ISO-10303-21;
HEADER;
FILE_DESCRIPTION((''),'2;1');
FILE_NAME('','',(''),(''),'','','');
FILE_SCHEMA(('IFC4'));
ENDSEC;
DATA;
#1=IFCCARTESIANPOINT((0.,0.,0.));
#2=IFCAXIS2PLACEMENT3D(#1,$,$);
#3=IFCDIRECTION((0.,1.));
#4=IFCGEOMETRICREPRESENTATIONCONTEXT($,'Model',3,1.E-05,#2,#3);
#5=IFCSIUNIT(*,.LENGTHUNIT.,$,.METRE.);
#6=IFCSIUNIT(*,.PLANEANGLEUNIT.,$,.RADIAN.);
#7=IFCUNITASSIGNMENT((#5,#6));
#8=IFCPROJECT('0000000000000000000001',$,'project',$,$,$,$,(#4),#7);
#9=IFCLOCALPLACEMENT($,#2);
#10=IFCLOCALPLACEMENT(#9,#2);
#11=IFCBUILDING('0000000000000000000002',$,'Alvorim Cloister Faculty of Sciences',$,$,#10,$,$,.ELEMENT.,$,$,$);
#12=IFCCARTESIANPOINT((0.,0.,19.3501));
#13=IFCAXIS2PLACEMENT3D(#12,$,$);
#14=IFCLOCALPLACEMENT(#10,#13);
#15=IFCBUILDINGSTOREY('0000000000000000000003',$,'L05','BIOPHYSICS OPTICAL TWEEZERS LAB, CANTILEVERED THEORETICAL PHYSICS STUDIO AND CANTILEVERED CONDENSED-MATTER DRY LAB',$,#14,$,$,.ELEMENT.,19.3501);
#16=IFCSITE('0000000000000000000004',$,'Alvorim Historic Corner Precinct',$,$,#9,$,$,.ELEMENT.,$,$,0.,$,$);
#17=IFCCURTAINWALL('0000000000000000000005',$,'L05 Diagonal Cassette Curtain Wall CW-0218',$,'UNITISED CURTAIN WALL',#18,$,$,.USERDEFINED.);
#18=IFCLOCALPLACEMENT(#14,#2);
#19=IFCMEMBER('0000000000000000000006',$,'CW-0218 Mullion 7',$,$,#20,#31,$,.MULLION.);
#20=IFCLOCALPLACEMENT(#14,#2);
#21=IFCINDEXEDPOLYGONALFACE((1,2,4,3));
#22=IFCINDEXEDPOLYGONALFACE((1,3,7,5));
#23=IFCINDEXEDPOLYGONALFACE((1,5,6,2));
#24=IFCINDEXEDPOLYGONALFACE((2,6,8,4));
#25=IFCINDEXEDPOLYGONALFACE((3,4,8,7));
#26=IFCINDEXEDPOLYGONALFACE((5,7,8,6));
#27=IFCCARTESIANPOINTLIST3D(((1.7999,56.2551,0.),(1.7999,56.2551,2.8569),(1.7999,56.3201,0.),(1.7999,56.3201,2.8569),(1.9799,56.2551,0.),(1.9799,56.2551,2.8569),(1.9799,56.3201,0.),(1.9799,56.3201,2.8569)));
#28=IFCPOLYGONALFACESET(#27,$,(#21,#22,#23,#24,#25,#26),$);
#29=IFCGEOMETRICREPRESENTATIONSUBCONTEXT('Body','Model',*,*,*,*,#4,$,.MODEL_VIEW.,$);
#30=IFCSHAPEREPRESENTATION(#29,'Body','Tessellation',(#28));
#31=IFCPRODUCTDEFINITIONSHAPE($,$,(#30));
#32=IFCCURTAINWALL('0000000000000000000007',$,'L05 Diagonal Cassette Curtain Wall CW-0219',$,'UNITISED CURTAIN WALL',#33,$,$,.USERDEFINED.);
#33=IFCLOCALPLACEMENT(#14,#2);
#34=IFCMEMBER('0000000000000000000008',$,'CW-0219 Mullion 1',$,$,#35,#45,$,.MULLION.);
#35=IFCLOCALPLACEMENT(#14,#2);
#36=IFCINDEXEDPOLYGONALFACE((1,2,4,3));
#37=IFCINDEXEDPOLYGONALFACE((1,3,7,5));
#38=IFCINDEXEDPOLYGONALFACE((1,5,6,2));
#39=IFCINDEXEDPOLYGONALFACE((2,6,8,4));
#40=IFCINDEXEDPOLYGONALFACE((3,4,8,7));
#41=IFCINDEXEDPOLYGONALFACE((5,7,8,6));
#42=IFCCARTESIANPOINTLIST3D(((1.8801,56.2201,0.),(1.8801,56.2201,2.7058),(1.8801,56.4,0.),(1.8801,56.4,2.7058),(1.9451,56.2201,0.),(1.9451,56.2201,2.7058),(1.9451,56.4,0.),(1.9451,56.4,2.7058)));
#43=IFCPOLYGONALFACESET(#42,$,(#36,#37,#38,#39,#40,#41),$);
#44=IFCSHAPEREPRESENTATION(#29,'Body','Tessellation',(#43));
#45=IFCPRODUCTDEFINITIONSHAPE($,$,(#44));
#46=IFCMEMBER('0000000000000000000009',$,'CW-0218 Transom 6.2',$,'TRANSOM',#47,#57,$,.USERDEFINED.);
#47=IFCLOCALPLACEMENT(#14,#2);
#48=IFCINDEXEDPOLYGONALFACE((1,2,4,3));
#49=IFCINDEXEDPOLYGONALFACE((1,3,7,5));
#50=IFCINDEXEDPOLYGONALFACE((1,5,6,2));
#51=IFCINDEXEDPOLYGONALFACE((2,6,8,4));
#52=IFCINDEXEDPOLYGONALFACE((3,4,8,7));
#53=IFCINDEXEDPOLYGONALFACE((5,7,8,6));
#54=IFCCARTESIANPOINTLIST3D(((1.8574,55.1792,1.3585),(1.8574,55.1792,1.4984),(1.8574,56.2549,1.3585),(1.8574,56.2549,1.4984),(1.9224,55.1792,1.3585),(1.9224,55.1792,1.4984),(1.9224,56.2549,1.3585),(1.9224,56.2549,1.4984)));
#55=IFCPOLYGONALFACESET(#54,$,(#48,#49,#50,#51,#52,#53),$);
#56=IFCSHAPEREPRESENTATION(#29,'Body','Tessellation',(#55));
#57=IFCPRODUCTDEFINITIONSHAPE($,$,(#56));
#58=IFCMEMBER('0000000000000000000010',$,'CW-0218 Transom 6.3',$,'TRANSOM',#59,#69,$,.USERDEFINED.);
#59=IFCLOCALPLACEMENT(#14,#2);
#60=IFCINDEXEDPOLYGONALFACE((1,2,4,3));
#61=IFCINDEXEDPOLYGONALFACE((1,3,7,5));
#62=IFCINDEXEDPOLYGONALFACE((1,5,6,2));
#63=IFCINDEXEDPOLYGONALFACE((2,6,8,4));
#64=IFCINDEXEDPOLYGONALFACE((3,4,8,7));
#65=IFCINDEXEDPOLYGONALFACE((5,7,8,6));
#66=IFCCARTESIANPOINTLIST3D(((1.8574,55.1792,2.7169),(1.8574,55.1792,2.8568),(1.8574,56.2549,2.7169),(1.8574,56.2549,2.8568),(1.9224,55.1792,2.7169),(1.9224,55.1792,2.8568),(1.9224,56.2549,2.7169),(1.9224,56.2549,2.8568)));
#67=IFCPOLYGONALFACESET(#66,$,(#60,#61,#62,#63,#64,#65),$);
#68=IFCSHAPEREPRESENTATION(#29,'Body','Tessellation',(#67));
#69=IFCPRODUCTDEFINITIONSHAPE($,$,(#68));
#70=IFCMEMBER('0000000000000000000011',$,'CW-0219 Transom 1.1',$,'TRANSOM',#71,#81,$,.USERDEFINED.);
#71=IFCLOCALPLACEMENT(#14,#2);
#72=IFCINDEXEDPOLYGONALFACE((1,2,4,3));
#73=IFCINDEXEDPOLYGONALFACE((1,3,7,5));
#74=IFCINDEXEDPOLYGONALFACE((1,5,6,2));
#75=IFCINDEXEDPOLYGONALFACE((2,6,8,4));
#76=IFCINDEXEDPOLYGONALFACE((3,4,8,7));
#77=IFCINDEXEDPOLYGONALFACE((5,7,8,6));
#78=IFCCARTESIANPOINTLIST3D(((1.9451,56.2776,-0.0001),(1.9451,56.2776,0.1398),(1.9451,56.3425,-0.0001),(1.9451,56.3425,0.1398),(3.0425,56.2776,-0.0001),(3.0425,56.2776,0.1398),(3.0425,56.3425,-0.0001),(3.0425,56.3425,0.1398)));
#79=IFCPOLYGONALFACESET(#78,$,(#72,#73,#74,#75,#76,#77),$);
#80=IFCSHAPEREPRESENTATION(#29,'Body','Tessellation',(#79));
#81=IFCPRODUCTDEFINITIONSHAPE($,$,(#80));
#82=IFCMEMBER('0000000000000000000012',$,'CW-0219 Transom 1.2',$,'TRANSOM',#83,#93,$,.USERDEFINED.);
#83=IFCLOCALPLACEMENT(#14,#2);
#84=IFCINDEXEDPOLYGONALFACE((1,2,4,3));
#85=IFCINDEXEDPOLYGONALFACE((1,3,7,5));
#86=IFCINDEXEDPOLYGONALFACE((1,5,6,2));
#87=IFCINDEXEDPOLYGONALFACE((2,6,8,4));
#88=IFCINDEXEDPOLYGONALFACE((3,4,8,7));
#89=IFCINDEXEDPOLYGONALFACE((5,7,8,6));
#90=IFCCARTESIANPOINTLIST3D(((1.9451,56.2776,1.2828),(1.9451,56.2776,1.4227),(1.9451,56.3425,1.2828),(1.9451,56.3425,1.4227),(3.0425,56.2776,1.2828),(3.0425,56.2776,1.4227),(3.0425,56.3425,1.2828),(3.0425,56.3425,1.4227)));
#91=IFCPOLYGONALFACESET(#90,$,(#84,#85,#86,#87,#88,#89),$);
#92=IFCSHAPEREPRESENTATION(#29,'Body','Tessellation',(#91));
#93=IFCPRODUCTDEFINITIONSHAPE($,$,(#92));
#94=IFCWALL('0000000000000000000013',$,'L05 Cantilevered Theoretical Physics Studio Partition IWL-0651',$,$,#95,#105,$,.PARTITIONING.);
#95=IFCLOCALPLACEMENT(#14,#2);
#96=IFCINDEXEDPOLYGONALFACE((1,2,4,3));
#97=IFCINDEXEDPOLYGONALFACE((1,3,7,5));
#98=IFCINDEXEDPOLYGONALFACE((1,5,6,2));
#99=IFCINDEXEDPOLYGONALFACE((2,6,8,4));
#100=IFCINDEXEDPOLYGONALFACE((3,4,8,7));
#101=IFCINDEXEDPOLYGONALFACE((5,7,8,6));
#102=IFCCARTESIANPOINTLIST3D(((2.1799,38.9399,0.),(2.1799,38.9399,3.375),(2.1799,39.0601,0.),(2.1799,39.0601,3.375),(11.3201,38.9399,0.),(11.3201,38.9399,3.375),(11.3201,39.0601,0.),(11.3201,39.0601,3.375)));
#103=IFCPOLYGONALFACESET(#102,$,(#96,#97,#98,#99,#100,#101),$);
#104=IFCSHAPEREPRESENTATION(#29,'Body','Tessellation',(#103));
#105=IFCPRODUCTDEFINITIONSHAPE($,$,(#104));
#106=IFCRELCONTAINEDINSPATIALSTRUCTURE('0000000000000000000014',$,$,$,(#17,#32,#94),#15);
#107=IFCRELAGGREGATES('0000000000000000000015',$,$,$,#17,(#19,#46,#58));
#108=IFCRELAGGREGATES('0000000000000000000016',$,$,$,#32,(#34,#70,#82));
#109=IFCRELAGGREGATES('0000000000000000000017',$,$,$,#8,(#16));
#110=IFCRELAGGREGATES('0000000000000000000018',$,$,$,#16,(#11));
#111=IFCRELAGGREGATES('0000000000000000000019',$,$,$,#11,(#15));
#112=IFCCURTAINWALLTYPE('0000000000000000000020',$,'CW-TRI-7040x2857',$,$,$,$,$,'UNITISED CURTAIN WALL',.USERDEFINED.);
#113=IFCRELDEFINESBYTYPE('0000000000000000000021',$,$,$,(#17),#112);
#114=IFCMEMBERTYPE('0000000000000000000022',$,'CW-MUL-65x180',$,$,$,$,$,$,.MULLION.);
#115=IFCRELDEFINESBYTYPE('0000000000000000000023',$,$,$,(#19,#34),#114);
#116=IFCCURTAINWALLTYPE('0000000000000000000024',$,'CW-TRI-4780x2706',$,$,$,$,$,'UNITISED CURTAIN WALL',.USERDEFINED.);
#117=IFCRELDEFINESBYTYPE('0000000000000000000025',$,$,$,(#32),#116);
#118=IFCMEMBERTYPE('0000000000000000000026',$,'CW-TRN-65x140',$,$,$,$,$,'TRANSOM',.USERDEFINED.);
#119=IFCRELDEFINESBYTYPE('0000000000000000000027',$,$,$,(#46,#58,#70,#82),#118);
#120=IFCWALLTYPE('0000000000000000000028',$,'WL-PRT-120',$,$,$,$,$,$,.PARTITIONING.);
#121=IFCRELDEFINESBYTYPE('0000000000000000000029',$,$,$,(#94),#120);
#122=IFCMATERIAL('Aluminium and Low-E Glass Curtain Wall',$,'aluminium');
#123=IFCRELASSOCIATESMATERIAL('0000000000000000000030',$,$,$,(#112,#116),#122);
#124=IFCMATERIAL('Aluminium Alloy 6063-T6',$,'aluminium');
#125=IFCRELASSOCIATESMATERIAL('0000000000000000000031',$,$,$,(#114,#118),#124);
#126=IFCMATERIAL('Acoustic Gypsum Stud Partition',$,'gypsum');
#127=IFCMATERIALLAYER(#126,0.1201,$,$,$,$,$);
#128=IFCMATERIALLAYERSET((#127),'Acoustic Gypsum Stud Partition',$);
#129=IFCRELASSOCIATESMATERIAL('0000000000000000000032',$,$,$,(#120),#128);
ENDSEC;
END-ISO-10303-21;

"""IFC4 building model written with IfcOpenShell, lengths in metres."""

from ifc_helpers import new_model, si_unit, direction, frame, frame_2d, origin, origin_2d, place, context, subcontext, project, spatial, rectangle, extrude, material, layer, layer_set, material_profile, profile_set, type_object, element, aggregate, save


model = new_model("IFC4")

# Units and contexts
model_context = context("Model", 3, precision=1e-05, world=origin(), true_north=direction((0.0, 1.0)))
body_context = subcontext(model_context, "Body", "Model", "MODEL_VIEW")
ifc_project = project(units=[si_unit("LENGTHUNIT", "METRE"), si_unit("PLANEANGLEUNIT", "RADIAN")], contexts=[model_context])

# Site, building, storey
site_placement = place(None, origin())
site = spatial("IfcSite", under=ifc_project, at=site_placement, Name="Alvorim Historic Corner Precinct", CompositionType="ELEMENT", RefElevation=0.0)
building_placement = place(site_placement, origin())
building = spatial("IfcBuilding", under=site, at=building_placement, Name="Alvorim Cloister Faculty of Sciences", CompositionType="ELEMENT")
storey_placement = place(building_placement, frame((0.0, 0.0, 19.3501)))
storey = spatial("IfcBuildingStorey", under=building, at=storey_placement, Name="L05", Description="BIOPHYSICS OPTICAL TWEEZERS LAB, CANTILEVERED THEORETICAL PHYSICS STUDIO AND CANTILEVERED CONDENSED-MATTER DRY LAB", CompositionType="ELEMENT", Elevation=19.3501)

# Curtain walls, members
ifc_material_1 = material(Name="Aluminium and Low-E Glass Curtain Wall", Category="aluminium")
curtain_wall_type_1 = type_object("IfcCurtainWallType", Name="CW-TRI-7040x2857", ElementType="UNITISED CURTAIN WALL", PredefinedType="USERDEFINED", material=ifc_material_1)
curtain_wall_1_placement = place(storey_placement, origin())
curtain_wall_1 = element("IfcCurtainWall", 1, at=curtain_wall_1_placement, inside=storey, type_object=curtain_wall_type_1, Name="L05 Diagonal Cassette Curtain Wall CW-0218", ObjectType="UNITISED CURTAIN WALL", PredefinedType="USERDEFINED")
ifc_material_2 = material(Name="Aluminium Alloy 6063-T6", Category="aluminium")
ifc_material_profile_1 = material_profile(ifc_material_2, rectangle(XDim=0.0649, YDim=0.1799, at=origin_2d()), Name="ALU-MUL-65x180")
ifc_profile_set_1 = profile_set([ifc_material_profile_1], Name="Aluminium Alloy 6063-T6")
member_type_1 = type_object("IfcMemberType", Name="CW-MUL-65x180", PredefinedType="MULLION", material=ifc_profile_set_1)
member_1_placement = place(storey_placement, frame((1.8899, 56.2876, 0.0), z_axis=(0.0, 0.0, 1.0), x_axis=(0.0, 1.0, 0.0)))
member_1 = element("IfcMember", 2, at=member_1_placement, type_object=member_type_1, Name="CW-0218 Mullion 7", PredefinedType="MULLION", context=body_context, shape_type="SweptSolid", body=[
    extrude(rectangle(XDim=0.0649, YDim=0.1799, at=origin_2d()), origin(), (0.0, 0.0, 1.0), 2.8569),
])
curtain_wall_type_2 = type_object("IfcCurtainWallType", Name="CW-TRI-4780x2706", ElementType="UNITISED CURTAIN WALL", PredefinedType="USERDEFINED", material=ifc_material_1)
curtain_wall_2_placement = place(storey_placement, origin())
curtain_wall_2 = element("IfcCurtainWall", 3, at=curtain_wall_2_placement, inside=storey, type_object=curtain_wall_type_2, Name="L05 Diagonal Cassette Curtain Wall CW-0219", ObjectType="UNITISED CURTAIN WALL", PredefinedType="USERDEFINED")
member_2_placement = place(storey_placement, frame((1.9126, 56.3101, 0.0), z_axis=(0.0, 0.0, 1.0), x_axis=(1.0, 0.0, 0.0)))
member_2 = element("IfcMember", 4, at=member_2_placement, type_object=member_type_1, Name="CW-0219 Mullion 1", PredefinedType="MULLION", context=body_context, shape_type="SweptSolid", body=[
    extrude(rectangle(XDim=0.0649, YDim=0.1799, at=origin_2d()), origin(), (0.0, 0.0, 1.0), 2.7058),
])

# Members
ifc_material_profile_2 = material_profile(ifc_material_2, rectangle(XDim=0.0649, YDim=0.1399, at=origin_2d()), Name="ALU-TRN-65x140")
ifc_profile_set_2 = profile_set([ifc_material_profile_2], Name="Aluminium Alloy 6063-T6")
member_type_2 = type_object("IfcMemberType", Name="CW-TRN-65x140", ElementType="TRANSOM", PredefinedType="USERDEFINED", material=ifc_profile_set_2)
member_3_placement = place(storey_placement, frame((1.8899, 55.1792, 1.4285), z_axis=(0.0, 1.0, 0.0), x_axis=(-1.0, 0.0, 0.0)))
member_3 = element("IfcMember", 5, at=member_3_placement, type_object=member_type_2, Name="CW-0218 Transom 6.2", ObjectType="TRANSOM", PredefinedType="USERDEFINED", context=body_context, shape_type="SweptSolid", body=[
    extrude(rectangle(XDim=0.0649, YDim=0.1399, at=origin_2d()), origin(), (0.0, 0.0, 1.0), 1.0757),
])
member_4_placement = place(storey_placement, frame((1.8899, 55.1792, 2.7869), z_axis=(0.0, 1.0, 0.0), x_axis=(-1.0, 0.0, 0.0)))
member_4 = element("IfcMember", 6, at=member_4_placement, type_object=member_type_2, Name="CW-0218 Transom 6.3", ObjectType="TRANSOM", PredefinedType="USERDEFINED", context=body_context, shape_type="SweptSolid", body=[
    extrude(rectangle(XDim=0.0649, YDim=0.1399, at=origin_2d()), origin(), (0.0, 0.0, 1.0), 1.0757),
])
aggregate(curtain_wall_1, [member_1, member_3, member_4])
member_5_placement = place(storey_placement, frame((1.9451, 56.3101, 0.0698), z_axis=(1.0, 0.0, 0.0), x_axis=(0.0, 1.0, 0.0)))
member_5 = element("IfcMember", 7, at=member_5_placement, type_object=member_type_2, Name="CW-0219 Transom 1.1", ObjectType="TRANSOM", PredefinedType="USERDEFINED", context=body_context, shape_type="SweptSolid", body=[
    extrude(rectangle(XDim=0.0649, YDim=0.1399, at=origin_2d()), origin(), (0.0, 0.0, 1.0), 1.0974),
])
member_6_placement = place(storey_placement, frame((1.9451, 56.3101, 1.3528), z_axis=(1.0, 0.0, 0.0), x_axis=(0.0, 1.0, 0.0)))
member_6 = element("IfcMember", 8, at=member_6_placement, type_object=member_type_2, Name="CW-0219 Transom 1.2", ObjectType="TRANSOM", PredefinedType="USERDEFINED", context=body_context, shape_type="SweptSolid", body=[
    extrude(rectangle(XDim=0.0649, YDim=0.1399, at=origin_2d()), origin(), (0.0, 0.0, 1.0), 1.0974),
])
aggregate(curtain_wall_2, [member_2, member_5, member_6])

# Wall
ifc_material_3 = material(Name="Acoustic Gypsum Stud Partition", Category="gypsum")
ifc_layer = layer(ifc_material_3, 0.1201)
ifc_layer_set = layer_set([ifc_layer], Name="Acoustic Gypsum Stud Partition")
wall_type = type_object("IfcWallType", Name="WL-PRT-120", PredefinedType="PARTITIONING", material=ifc_layer_set)
wall_placement = place(storey_placement, frame((2.1799, 39.0, 0.0), z_axis=(0.0, 0.0, 1.0), x_axis=(1.0, 0.0, 0.0)))
element("IfcWall", 9, at=wall_placement, inside=storey, type_object=wall_type, Name="L05 Cantilevered Theoretical Physics Studio Partition IWL-0651", PredefinedType="PARTITIONING", context=body_context, shape_type="SweptSolid", body=[
    extrude(rectangle(XDim=9.1401, YDim=0.1201, at=frame_2d((4.5701, 0.0))), origin(), (0.0, 0.0, 1.0), 3.375),
])

save(model, "model.ifc")
